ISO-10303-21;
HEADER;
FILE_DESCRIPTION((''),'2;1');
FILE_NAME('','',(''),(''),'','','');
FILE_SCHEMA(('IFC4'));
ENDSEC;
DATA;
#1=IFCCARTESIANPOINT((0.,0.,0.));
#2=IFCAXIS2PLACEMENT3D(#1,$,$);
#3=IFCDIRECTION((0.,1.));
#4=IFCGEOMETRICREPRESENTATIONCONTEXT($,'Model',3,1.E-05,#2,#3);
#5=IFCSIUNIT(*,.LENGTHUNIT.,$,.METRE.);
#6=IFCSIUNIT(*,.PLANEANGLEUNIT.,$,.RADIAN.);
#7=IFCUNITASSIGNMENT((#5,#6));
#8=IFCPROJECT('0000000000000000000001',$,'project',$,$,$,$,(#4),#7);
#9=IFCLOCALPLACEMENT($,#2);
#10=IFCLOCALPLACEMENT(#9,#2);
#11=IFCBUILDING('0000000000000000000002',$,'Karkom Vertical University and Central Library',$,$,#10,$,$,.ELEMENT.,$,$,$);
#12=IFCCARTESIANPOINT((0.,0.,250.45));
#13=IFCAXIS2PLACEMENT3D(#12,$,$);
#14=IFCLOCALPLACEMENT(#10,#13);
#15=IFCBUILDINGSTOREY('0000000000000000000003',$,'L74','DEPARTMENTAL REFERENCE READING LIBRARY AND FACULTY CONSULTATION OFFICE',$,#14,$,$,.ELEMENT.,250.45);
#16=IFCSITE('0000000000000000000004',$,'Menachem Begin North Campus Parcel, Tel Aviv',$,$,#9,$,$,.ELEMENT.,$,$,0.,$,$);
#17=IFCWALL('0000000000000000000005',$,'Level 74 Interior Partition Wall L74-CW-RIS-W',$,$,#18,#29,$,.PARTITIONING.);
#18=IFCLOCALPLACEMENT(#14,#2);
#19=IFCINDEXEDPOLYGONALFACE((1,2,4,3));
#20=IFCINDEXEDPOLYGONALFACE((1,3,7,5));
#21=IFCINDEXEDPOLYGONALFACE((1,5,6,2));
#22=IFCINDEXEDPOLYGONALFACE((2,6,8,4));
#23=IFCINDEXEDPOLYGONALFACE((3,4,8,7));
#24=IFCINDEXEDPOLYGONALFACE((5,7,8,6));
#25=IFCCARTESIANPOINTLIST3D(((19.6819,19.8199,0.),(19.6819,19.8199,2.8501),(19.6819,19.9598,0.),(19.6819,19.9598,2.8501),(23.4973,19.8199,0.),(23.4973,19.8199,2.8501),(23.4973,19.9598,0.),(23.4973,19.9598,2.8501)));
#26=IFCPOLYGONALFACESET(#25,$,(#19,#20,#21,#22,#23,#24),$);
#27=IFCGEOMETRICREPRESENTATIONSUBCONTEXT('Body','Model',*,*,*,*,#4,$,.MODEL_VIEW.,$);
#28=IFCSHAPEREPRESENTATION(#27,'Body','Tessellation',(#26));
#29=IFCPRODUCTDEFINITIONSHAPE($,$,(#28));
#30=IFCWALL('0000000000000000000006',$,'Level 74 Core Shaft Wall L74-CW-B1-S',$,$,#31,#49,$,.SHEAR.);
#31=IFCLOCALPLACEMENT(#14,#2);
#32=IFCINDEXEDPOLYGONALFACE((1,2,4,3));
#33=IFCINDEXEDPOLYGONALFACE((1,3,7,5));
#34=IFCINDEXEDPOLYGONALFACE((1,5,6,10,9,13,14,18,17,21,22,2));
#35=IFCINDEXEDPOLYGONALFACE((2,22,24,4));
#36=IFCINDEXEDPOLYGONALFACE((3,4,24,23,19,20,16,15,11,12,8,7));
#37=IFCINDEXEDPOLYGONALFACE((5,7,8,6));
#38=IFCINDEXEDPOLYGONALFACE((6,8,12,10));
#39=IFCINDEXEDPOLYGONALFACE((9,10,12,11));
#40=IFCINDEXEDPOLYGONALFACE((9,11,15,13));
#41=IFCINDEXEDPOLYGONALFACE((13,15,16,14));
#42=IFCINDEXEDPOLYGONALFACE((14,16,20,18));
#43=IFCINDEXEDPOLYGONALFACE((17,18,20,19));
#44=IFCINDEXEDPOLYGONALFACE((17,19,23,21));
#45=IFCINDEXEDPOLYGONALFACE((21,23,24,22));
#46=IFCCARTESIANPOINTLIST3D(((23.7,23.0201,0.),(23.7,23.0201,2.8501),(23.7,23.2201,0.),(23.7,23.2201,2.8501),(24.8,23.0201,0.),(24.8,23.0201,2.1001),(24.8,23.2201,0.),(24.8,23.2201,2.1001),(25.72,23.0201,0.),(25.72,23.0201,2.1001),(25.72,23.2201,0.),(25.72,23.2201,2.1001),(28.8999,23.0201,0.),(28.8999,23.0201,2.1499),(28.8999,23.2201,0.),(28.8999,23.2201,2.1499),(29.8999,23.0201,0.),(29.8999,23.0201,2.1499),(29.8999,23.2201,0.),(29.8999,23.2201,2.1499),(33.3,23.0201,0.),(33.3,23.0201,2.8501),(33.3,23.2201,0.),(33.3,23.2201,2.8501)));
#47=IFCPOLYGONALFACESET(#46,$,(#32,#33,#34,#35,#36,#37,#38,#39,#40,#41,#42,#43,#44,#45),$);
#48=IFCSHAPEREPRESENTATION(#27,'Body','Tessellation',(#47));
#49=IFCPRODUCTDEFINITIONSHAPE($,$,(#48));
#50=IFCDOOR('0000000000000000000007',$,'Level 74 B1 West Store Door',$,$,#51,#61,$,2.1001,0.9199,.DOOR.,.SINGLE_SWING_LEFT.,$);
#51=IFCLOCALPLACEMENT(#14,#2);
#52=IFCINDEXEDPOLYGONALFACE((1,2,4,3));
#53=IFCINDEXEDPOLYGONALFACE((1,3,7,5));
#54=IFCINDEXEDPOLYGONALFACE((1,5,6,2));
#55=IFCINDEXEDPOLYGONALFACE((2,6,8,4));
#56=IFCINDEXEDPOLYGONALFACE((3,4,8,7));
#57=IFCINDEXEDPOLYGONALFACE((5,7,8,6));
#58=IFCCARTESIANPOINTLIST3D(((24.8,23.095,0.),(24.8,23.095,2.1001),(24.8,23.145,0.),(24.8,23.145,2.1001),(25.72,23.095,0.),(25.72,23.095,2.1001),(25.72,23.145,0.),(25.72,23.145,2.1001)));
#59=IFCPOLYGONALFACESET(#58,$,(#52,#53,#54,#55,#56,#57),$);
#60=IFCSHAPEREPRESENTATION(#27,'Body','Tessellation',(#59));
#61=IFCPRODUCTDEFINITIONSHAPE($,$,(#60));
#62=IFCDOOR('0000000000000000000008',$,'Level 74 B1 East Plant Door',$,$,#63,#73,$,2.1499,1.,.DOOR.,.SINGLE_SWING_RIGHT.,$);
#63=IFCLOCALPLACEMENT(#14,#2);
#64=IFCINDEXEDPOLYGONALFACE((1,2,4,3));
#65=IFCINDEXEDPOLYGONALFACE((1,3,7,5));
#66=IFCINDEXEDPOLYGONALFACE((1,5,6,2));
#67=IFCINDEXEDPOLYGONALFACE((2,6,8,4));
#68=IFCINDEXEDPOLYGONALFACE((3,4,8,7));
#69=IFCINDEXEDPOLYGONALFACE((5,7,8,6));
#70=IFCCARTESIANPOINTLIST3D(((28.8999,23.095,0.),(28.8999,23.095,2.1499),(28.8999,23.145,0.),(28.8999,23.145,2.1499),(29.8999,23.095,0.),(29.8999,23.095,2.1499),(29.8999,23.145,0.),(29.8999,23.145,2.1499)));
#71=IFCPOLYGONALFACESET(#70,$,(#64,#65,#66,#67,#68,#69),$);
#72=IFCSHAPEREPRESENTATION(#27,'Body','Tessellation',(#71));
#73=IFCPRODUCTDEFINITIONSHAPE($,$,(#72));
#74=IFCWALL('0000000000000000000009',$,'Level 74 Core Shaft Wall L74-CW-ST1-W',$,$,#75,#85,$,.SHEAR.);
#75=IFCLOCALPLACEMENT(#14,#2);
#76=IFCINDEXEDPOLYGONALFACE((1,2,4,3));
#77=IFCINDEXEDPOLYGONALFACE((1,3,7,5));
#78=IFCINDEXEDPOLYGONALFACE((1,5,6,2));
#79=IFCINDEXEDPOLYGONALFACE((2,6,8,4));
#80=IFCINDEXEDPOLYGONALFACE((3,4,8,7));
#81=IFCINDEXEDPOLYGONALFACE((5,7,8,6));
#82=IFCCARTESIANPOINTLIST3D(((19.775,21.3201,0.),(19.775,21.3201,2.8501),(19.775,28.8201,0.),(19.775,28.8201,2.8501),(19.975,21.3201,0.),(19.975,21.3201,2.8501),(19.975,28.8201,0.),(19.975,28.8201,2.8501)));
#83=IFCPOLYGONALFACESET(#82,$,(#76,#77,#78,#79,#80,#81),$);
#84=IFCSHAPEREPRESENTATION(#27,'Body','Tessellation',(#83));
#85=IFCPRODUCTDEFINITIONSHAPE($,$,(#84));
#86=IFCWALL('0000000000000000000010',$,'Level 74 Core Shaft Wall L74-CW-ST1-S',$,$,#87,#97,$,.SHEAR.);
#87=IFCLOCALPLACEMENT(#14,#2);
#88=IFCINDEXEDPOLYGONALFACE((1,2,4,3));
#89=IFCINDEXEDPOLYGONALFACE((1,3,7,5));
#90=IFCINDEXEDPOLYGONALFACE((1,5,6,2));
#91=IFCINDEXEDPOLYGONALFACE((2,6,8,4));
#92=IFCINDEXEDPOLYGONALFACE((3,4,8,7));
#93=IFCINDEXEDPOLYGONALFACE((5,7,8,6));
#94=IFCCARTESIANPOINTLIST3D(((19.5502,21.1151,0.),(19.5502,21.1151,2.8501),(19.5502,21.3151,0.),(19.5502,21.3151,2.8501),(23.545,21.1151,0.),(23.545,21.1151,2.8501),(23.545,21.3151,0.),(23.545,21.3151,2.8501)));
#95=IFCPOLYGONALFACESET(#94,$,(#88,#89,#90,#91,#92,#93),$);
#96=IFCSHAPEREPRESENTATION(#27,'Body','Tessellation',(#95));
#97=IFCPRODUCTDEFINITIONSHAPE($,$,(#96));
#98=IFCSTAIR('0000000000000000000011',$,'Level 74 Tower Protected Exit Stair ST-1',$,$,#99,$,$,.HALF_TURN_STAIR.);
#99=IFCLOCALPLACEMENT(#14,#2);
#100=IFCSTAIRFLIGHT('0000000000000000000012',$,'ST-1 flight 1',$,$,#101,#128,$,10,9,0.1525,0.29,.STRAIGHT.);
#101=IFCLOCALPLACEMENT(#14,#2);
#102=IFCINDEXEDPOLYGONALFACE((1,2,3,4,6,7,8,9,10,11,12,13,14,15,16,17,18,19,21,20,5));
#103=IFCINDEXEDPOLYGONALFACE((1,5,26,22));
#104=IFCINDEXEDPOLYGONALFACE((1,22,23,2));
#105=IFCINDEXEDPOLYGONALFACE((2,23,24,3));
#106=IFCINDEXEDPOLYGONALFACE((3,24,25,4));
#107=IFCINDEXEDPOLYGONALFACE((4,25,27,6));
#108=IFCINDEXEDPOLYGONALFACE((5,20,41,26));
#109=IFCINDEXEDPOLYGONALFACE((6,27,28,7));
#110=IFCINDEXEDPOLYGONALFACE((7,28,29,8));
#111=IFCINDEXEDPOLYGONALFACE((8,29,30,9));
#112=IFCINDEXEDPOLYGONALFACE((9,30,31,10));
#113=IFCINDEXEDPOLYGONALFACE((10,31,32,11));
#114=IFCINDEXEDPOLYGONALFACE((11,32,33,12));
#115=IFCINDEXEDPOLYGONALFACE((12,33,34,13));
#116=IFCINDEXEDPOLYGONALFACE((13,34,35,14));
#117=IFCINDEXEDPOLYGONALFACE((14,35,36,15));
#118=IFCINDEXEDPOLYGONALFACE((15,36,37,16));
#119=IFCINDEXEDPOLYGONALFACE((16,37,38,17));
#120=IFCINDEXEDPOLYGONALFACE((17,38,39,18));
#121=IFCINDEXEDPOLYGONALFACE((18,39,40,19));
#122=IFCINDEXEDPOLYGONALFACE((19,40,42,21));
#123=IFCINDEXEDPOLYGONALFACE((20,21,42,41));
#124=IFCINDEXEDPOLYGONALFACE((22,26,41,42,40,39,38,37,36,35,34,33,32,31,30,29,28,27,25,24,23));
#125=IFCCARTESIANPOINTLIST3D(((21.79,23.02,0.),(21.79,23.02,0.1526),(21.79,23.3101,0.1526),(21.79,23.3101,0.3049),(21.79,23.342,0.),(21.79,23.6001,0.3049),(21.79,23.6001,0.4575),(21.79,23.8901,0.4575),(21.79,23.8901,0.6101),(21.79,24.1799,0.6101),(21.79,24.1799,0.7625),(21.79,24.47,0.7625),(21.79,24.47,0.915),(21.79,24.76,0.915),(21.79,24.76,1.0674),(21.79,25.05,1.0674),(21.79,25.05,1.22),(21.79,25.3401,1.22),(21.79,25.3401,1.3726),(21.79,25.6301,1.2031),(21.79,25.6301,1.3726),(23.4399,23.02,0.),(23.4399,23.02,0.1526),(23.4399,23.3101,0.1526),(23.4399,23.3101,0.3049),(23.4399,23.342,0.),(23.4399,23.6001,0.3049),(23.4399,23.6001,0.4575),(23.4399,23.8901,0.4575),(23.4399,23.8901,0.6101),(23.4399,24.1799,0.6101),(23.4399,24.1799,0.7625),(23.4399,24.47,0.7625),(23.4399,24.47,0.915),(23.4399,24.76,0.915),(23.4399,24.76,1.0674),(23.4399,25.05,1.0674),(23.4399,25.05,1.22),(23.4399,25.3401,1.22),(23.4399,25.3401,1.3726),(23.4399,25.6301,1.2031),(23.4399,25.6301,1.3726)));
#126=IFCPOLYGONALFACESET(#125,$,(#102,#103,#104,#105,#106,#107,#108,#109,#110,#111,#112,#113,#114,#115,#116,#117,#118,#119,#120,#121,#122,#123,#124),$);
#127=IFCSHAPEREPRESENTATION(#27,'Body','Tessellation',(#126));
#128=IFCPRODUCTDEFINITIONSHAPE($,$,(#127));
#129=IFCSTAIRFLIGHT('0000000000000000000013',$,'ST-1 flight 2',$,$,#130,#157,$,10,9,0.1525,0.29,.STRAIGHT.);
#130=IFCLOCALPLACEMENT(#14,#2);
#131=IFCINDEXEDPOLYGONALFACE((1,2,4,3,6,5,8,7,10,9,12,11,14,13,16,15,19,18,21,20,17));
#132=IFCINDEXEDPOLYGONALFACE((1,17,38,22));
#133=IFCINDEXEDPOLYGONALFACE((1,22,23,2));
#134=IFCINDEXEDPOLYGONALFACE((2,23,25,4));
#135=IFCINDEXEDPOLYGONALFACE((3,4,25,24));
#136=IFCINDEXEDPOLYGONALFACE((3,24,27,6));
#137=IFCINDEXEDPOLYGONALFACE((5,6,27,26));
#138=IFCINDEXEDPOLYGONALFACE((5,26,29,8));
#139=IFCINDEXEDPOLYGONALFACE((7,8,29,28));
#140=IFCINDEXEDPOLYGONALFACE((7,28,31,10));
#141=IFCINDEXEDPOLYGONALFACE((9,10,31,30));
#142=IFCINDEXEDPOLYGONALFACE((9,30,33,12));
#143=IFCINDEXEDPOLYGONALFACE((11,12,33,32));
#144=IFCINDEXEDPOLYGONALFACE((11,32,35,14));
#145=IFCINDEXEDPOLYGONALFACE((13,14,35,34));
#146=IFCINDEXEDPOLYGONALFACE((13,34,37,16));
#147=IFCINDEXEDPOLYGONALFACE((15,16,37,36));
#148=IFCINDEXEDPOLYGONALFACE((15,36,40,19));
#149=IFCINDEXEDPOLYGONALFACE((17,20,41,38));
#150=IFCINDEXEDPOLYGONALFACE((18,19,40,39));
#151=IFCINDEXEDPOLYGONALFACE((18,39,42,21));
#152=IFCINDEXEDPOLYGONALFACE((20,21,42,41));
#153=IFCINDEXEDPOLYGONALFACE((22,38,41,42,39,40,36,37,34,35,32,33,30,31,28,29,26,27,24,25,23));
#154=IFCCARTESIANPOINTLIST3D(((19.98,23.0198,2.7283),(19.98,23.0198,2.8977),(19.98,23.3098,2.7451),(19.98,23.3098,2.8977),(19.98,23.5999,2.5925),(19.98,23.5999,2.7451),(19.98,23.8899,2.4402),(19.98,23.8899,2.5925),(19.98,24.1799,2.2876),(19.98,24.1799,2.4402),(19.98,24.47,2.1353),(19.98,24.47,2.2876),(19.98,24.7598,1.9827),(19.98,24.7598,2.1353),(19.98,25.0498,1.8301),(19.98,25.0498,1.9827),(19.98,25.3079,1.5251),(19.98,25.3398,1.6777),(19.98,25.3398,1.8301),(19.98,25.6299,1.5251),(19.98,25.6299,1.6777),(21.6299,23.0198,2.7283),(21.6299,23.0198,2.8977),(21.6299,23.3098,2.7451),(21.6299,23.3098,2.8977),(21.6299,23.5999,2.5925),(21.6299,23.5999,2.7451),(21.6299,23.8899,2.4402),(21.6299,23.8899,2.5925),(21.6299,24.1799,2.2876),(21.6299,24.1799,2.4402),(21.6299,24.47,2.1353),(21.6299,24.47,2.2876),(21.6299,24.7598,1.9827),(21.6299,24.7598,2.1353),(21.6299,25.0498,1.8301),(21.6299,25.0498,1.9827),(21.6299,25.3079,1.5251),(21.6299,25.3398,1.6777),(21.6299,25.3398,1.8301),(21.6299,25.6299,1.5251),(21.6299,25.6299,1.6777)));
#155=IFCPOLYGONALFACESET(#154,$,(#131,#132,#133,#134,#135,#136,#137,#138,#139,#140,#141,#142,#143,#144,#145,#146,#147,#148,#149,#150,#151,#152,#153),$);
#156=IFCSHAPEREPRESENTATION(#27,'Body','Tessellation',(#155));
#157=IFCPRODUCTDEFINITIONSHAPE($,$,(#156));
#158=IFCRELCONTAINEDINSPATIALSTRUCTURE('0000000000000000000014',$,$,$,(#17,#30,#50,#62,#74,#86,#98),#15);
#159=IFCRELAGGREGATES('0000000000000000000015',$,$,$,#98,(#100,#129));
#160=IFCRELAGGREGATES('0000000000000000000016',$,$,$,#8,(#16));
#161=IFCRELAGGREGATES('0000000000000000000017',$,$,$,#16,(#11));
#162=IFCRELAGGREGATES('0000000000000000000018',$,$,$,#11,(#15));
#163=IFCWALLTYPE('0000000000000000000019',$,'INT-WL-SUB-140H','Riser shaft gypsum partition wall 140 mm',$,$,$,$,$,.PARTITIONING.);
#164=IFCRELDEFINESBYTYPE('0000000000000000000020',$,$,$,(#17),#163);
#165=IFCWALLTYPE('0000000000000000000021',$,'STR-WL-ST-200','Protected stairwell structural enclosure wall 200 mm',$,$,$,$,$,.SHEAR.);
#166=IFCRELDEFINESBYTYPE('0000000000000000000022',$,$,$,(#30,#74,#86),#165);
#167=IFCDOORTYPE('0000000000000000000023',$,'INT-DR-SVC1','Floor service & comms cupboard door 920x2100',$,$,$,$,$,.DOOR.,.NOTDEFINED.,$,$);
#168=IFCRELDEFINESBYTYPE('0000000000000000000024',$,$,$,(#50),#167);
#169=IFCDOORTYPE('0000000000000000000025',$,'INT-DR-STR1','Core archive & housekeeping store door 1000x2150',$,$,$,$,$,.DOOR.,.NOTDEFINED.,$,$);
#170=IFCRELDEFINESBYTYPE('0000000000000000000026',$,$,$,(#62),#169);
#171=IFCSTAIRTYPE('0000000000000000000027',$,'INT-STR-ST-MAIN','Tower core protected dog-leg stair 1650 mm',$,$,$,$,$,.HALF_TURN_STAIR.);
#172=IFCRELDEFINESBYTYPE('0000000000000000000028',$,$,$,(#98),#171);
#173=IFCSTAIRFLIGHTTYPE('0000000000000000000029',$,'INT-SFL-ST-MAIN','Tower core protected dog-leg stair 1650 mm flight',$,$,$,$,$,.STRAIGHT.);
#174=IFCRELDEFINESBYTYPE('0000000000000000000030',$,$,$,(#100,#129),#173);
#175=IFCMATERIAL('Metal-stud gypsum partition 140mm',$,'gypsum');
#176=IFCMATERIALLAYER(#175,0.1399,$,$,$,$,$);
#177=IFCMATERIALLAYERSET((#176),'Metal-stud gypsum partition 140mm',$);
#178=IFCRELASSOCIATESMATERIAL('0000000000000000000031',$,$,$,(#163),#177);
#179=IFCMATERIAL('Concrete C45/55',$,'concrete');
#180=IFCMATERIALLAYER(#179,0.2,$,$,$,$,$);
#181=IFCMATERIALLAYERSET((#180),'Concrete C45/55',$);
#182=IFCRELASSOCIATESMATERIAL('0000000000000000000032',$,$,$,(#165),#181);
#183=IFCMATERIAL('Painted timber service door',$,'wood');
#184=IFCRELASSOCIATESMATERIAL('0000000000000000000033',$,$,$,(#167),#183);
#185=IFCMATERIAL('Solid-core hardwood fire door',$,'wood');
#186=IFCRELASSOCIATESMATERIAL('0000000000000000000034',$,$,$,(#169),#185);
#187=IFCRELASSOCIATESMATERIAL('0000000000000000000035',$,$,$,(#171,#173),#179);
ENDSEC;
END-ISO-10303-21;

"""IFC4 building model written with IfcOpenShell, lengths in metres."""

from ifc_helpers import new_model, si_unit, direction, frame, frame_2d, origin, origin_with_axes, place, context, subcontext, project, spatial, polyline, rectangle, outline, extrude, source, transform, mapped, material, layer, layer_set, type_object, element, fill, aggregate, save


model = new_model("IFC4")

# Units and contexts
model_context = context("Model", 3, precision=1e-05, world=origin(), true_north=direction((0.0, 1.0)))
body_context = subcontext(model_context, "Body", "Model", "MODEL_VIEW")
ifc_project = project(units=[si_unit("LENGTHUNIT", "METRE"), si_unit("PLANEANGLEUNIT", "RADIAN")], contexts=[model_context])

# Site, building, storey
site_placement = place(None, origin())
site = spatial("IfcSite", under=ifc_project, at=site_placement, Name="Menachem Begin North Campus Parcel, Tel Aviv", CompositionType="ELEMENT", RefElevation=0.0)
building_placement = place(site_placement, origin())
building = spatial("IfcBuilding", under=site, at=building_placement, Name="Karkom Vertical University and Central Library", CompositionType="ELEMENT")
storey_placement = place(building_placement, frame((0.0, 0.0, 250.45)))
storey = spatial("IfcBuildingStorey", under=building, at=storey_placement, Name="L74", Description="DEPARTMENTAL REFERENCE READING LIBRARY AND FACULTY CONSULTATION OFFICE", CompositionType="ELEMENT", Elevation=250.45)

# Wall
ifc_material_1 = material(Name="Metal-stud gypsum partition 140mm", Category="gypsum")
ifc_layer_1 = layer(ifc_material_1, 0.1399)
ifc_layer_set_1 = layer_set([ifc_layer_1], Name="Metal-stud gypsum partition 140mm")
wall_type_1 = type_object("IfcWallType", Name="INT-WL-SUB-140H", Description="Riser shaft gypsum partition wall 140 mm", PredefinedType="PARTITIONING", material=ifc_layer_set_1)
wall_1_placement = place(storey_placement, frame((19.6819, 19.8899, 0.0), z_axis=(0.0, 0.0, 1.0), x_axis=(1.0, 0.0, 0.0)))
element("IfcWall", 1, at=wall_1_placement, inside=storey, type_object=wall_type_1, Name="Level 74 Interior Partition Wall L74-CW-RIS-W", PredefinedType="PARTITIONING", context=body_context, shape_type="SweptSolid", body=[
    extrude(rectangle(XDim=3.8154, YDim=0.1399, at=frame_2d((1.9077, 0.0))), origin(), (0.0, 0.0, 1.0), 2.8501),
])

# Wall, openings, doors
ifc_material_2 = material(Name="Concrete C45/55", Category="concrete")
ifc_layer_2 = layer(ifc_material_2, 0.2)
ifc_layer_set_2 = layer_set([ifc_layer_2], Name="Concrete C45/55")
wall_type_2 = type_object("IfcWallType", Name="STR-WL-ST-200", Description="Protected stairwell structural enclosure wall 200 mm", PredefinedType="SHEAR", material=ifc_layer_set_2)
wall_2_placement = place(storey_placement, frame((23.7, 23.1201, 0.0), z_axis=(0.0, 0.0, 1.0), x_axis=(1.0, 0.0, 0.0)))
wall_2 = element("IfcWall", 2, at=wall_2_placement, inside=storey, type_object=wall_type_2, Name="Level 74 Core Shaft Wall L74-CW-B1-S", PredefinedType="SHEAR", context=body_context, shape_type="SweptSolid", body=[
    extrude(rectangle(XDim=9.6001, YDim=0.2, at=frame_2d((4.8, 0.0))), origin(), (0.0, 0.0, 1.0), 2.8501),
])
opening_1_placement = place(wall_2_placement, frame((1.1001, 0.0, 0.0)))
opening_1 = element("IfcOpeningElement", 3, at=opening_1_placement, cuts=wall_2, PredefinedType="OPENING", context=body_context, shape_type="SweptSolid", body=[
    extrude(rectangle(XDim=0.9199, YDim=2.1001, at=frame_2d((0.46, 1.05))), frame((0.0, 0.1099, 0.0), z_axis=(0.0, -1.0, 0.0), x_axis=(1.0, 0.0, 0.0)), (0.0, 0.0, 1.0), 0.22),
])
opening_2_placement = place(wall_2_placement, frame((5.2, 0.0, 0.0)))
opening_2 = element("IfcOpeningElement", 4, at=opening_2_placement, cuts=wall_2, PredefinedType="OPENING", context=body_context, shape_type="SweptSolid", body=[
    extrude(rectangle(XDim=1.0, YDim=2.1499, at=frame_2d((0.5, 1.075))), frame((0.0, 0.1099, 0.0), z_axis=(0.0, -1.0, 0.0), x_axis=(1.0, 0.0, 0.0)), (0.0, 0.0, 1.0), 0.22),
])
ifc_material_3 = material(Name="Painted timber service door", Category="wood")
door_type_1 = type_object("IfcDoorType", Name="INT-DR-SVC1", Description="Floor service & comms cupboard door 920x2100", OperationType="NOTDEFINED", PredefinedType="DOOR", material=ifc_material_3)
shared_shape_1 = source(origin_with_axes(), body_context, "Body", "SweptSolid", [
    extrude(rectangle(XDim=0.9199, YDim=2.1001, at=frame_2d((0.46, 1.05))), frame((0.0, 0.0249, 0.0), z_axis=(0.0, -1.0, 0.0), x_axis=(1.0, 0.0, 0.0)), (0.0, 0.0, 1.0), 0.05),
])
door_1_placement = place(opening_1_placement, origin())
door_1 = element("IfcDoor", 5, at=door_1_placement, inside=storey, type_object=door_type_1, Name="Level 74 B1 West Store Door", OperationType="SINGLE_SWING_LEFT", OverallHeight=2.1001, OverallWidth=0.9199, PredefinedType="DOOR", context=body_context, shape_type="MappedRepresentation", body=[
    mapped(shared_shape_1, transform((0.0, 0.0, 0.0), scale=1.0)),
])
fill(opening_1, door_1)
ifc_material_4 = material(Name="Solid-core hardwood fire door", Category="wood")
door_type_2 = type_object("IfcDoorType", Name="INT-DR-STR1", Description="Core archive & housekeeping store door 1000x2150", OperationType="NOTDEFINED", PredefinedType="DOOR", material=ifc_material_4)
shared_shape_2 = source(origin_with_axes(), body_context, "Body", "SweptSolid", [
    extrude(rectangle(XDim=1.0, YDim=2.1499, at=frame_2d((0.5, 1.075))), frame((0.0, 0.0249, 0.0), z_axis=(0.0, -1.0, 0.0), x_axis=(1.0, 0.0, 0.0)), (0.0, 0.0, 1.0), 0.05),
])
door_2_placement = place(opening_2_placement, origin())
door_2 = element("IfcDoor", 6, at=door_2_placement, inside=storey, type_object=door_type_2, Name="Level 74 B1 East Plant Door", OperationType="SINGLE_SWING_RIGHT", OverallHeight=2.1499, OverallWidth=1.0, PredefinedType="DOOR", context=body_context, shape_type="MappedRepresentation", body=[
    mapped(shared_shape_2, transform((0.0, 0.0, 0.0), scale=1.0)),
])
fill(opening_2, door_2)

# Walls
wall_3_placement = place(storey_placement, frame((19.875, 21.3201, 0.0), z_axis=(0.0, 0.0, 1.0), x_axis=(0.0, 1.0, 0.0)))
element("IfcWall", 7, at=wall_3_placement, inside=storey, type_object=wall_type_2, Name="Level 74 Core Shaft Wall L74-CW-ST1-W", PredefinedType="SHEAR", context=body_context, shape_type="SweptSolid", body=[
    extrude(rectangle(XDim=7.5, YDim=0.2, at=frame_2d((3.75, 0.0))), origin(), (0.0, 0.0, 1.0), 2.8501),
])
wall_4_placement = place(storey_placement, frame((19.55, 21.2151, 0.0), z_axis=(0.0, 0.0, 1.0), x_axis=(1.0, 0.0, 0.0)))
element("IfcWall", 8, at=wall_4_placement, inside=storey, type_object=wall_type_2, Name="Level 74 Core Shaft Wall L74-CW-ST1-S", PredefinedType="SHEAR", context=body_context, shape_type="SweptSolid", body=[
    extrude(rectangle(XDim=3.9949, YDim=0.2, at=frame_2d((1.9976, 0.0))), origin(), (0.0, 0.0, 1.0), 2.8501),
])

# Stair, stair flights
stair_type = type_object("IfcStairType", Name="INT-STR-ST-MAIN", Description="Tower core protected dog-leg stair 1650 mm", PredefinedType="HALF_TURN_STAIR", material=ifc_material_2)
stair_placement = place(storey_placement, origin())
stair = element("IfcStair", 9, at=stair_placement, inside=storey, type_object=stair_type, Name="Level 74 Tower Protected Exit Stair ST-1", PredefinedType="HALF_TURN_STAIR")
stair_flight_type = type_object("IfcStairFlightType", Name="INT-SFL-ST-MAIN", Description="Tower core protected dog-leg stair 1650 mm flight", PredefinedType="STRAIGHT", material=ifc_material_2)
stair_flight_1_placement = place(storey_placement, frame((22.615, 23.02, 0.0), z_axis=(0.0, 0.0, 1.0), x_axis=(0.0, 1.0, 0.0)))
stair_flight_1 = element("IfcStairFlight", 10, at=stair_flight_1_placement, type_object=stair_flight_type, Name="ST-1 flight 1", NumberOfRisers=10, NumberOfTreads=9, PredefinedType="STRAIGHT", RiserHeight=0.1525, TreadLength=0.29, context=body_context, shape_type="SweptSolid", body=[
    extrude(outline(polyline([(0.0, 0.0), (0.0, 0.1526), (0.29, 0.1526), (0.29, 0.3049), (0.5801, 0.3049), (0.5801, 0.4575), (0.8701, 0.4575), (0.8701, 0.6101), (1.1599, 0.6101), (1.1599, 0.7625), (1.45, 0.7625), (1.45, 0.915), (1.74, 0.915), (1.74, 1.0674), (2.03, 1.0674), (2.03, 1.22), (2.3201, 1.22), (2.3201, 1.3726), (2.6101, 1.3726), (2.6101, 1.5249), (2.6101, 1.2031), (0.322, 0.0), (0.0, 0.0)])), frame((0.0, 0.825, 0.0), z_axis=(0.0, -1.0, 0.0), x_axis=(1.0, 0.0, 0.0)), (0.0, 0.0, 1.0), 1.6499),
])
stair_flight_2_placement = place(storey_placement, frame((20.8049, 25.6299, 1.5251), z_axis=(0.0, 0.0, 1.0), x_axis=(0.0, -1.0, 0.0)))
stair_flight_2 = element("IfcStairFlight", 11, at=stair_flight_2_placement, type_object=stair_flight_type, Name="ST-1 flight 2", NumberOfRisers=10, NumberOfTreads=9, PredefinedType="STRAIGHT", RiserHeight=0.1525, TreadLength=0.29, context=body_context, shape_type="SweptSolid", body=[
    extrude(outline(polyline([(0.0, 0.0), (0.0, 0.1526), (0.29, 0.1526), (0.29, 0.3049), (0.5801, 0.3049), (0.5801, 0.4575), (0.8701, 0.4575), (0.8701, 0.6101), (1.1599, 0.6101), (1.1599, 0.7625), (1.45, 0.7625), (1.45, 0.915), (1.74, 0.915), (1.74, 1.0674), (2.03, 1.0674), (2.03, 1.22), (2.3201, 1.22), (2.3201, 1.3726), (2.6101, 1.3726), (2.6101, 1.5249), (2.6101, 1.2031), (0.322, 0.0), (0.0, 0.0)])), frame((0.0, 0.825, 0.0), z_axis=(0.0, -1.0, 0.0), x_axis=(1.0, 0.0, 0.0)), (0.0, 0.0, 1.0), 1.6499),
])
aggregate(stair, [stair_flight_1, stair_flight_2])

save(model, "model.ifc")
